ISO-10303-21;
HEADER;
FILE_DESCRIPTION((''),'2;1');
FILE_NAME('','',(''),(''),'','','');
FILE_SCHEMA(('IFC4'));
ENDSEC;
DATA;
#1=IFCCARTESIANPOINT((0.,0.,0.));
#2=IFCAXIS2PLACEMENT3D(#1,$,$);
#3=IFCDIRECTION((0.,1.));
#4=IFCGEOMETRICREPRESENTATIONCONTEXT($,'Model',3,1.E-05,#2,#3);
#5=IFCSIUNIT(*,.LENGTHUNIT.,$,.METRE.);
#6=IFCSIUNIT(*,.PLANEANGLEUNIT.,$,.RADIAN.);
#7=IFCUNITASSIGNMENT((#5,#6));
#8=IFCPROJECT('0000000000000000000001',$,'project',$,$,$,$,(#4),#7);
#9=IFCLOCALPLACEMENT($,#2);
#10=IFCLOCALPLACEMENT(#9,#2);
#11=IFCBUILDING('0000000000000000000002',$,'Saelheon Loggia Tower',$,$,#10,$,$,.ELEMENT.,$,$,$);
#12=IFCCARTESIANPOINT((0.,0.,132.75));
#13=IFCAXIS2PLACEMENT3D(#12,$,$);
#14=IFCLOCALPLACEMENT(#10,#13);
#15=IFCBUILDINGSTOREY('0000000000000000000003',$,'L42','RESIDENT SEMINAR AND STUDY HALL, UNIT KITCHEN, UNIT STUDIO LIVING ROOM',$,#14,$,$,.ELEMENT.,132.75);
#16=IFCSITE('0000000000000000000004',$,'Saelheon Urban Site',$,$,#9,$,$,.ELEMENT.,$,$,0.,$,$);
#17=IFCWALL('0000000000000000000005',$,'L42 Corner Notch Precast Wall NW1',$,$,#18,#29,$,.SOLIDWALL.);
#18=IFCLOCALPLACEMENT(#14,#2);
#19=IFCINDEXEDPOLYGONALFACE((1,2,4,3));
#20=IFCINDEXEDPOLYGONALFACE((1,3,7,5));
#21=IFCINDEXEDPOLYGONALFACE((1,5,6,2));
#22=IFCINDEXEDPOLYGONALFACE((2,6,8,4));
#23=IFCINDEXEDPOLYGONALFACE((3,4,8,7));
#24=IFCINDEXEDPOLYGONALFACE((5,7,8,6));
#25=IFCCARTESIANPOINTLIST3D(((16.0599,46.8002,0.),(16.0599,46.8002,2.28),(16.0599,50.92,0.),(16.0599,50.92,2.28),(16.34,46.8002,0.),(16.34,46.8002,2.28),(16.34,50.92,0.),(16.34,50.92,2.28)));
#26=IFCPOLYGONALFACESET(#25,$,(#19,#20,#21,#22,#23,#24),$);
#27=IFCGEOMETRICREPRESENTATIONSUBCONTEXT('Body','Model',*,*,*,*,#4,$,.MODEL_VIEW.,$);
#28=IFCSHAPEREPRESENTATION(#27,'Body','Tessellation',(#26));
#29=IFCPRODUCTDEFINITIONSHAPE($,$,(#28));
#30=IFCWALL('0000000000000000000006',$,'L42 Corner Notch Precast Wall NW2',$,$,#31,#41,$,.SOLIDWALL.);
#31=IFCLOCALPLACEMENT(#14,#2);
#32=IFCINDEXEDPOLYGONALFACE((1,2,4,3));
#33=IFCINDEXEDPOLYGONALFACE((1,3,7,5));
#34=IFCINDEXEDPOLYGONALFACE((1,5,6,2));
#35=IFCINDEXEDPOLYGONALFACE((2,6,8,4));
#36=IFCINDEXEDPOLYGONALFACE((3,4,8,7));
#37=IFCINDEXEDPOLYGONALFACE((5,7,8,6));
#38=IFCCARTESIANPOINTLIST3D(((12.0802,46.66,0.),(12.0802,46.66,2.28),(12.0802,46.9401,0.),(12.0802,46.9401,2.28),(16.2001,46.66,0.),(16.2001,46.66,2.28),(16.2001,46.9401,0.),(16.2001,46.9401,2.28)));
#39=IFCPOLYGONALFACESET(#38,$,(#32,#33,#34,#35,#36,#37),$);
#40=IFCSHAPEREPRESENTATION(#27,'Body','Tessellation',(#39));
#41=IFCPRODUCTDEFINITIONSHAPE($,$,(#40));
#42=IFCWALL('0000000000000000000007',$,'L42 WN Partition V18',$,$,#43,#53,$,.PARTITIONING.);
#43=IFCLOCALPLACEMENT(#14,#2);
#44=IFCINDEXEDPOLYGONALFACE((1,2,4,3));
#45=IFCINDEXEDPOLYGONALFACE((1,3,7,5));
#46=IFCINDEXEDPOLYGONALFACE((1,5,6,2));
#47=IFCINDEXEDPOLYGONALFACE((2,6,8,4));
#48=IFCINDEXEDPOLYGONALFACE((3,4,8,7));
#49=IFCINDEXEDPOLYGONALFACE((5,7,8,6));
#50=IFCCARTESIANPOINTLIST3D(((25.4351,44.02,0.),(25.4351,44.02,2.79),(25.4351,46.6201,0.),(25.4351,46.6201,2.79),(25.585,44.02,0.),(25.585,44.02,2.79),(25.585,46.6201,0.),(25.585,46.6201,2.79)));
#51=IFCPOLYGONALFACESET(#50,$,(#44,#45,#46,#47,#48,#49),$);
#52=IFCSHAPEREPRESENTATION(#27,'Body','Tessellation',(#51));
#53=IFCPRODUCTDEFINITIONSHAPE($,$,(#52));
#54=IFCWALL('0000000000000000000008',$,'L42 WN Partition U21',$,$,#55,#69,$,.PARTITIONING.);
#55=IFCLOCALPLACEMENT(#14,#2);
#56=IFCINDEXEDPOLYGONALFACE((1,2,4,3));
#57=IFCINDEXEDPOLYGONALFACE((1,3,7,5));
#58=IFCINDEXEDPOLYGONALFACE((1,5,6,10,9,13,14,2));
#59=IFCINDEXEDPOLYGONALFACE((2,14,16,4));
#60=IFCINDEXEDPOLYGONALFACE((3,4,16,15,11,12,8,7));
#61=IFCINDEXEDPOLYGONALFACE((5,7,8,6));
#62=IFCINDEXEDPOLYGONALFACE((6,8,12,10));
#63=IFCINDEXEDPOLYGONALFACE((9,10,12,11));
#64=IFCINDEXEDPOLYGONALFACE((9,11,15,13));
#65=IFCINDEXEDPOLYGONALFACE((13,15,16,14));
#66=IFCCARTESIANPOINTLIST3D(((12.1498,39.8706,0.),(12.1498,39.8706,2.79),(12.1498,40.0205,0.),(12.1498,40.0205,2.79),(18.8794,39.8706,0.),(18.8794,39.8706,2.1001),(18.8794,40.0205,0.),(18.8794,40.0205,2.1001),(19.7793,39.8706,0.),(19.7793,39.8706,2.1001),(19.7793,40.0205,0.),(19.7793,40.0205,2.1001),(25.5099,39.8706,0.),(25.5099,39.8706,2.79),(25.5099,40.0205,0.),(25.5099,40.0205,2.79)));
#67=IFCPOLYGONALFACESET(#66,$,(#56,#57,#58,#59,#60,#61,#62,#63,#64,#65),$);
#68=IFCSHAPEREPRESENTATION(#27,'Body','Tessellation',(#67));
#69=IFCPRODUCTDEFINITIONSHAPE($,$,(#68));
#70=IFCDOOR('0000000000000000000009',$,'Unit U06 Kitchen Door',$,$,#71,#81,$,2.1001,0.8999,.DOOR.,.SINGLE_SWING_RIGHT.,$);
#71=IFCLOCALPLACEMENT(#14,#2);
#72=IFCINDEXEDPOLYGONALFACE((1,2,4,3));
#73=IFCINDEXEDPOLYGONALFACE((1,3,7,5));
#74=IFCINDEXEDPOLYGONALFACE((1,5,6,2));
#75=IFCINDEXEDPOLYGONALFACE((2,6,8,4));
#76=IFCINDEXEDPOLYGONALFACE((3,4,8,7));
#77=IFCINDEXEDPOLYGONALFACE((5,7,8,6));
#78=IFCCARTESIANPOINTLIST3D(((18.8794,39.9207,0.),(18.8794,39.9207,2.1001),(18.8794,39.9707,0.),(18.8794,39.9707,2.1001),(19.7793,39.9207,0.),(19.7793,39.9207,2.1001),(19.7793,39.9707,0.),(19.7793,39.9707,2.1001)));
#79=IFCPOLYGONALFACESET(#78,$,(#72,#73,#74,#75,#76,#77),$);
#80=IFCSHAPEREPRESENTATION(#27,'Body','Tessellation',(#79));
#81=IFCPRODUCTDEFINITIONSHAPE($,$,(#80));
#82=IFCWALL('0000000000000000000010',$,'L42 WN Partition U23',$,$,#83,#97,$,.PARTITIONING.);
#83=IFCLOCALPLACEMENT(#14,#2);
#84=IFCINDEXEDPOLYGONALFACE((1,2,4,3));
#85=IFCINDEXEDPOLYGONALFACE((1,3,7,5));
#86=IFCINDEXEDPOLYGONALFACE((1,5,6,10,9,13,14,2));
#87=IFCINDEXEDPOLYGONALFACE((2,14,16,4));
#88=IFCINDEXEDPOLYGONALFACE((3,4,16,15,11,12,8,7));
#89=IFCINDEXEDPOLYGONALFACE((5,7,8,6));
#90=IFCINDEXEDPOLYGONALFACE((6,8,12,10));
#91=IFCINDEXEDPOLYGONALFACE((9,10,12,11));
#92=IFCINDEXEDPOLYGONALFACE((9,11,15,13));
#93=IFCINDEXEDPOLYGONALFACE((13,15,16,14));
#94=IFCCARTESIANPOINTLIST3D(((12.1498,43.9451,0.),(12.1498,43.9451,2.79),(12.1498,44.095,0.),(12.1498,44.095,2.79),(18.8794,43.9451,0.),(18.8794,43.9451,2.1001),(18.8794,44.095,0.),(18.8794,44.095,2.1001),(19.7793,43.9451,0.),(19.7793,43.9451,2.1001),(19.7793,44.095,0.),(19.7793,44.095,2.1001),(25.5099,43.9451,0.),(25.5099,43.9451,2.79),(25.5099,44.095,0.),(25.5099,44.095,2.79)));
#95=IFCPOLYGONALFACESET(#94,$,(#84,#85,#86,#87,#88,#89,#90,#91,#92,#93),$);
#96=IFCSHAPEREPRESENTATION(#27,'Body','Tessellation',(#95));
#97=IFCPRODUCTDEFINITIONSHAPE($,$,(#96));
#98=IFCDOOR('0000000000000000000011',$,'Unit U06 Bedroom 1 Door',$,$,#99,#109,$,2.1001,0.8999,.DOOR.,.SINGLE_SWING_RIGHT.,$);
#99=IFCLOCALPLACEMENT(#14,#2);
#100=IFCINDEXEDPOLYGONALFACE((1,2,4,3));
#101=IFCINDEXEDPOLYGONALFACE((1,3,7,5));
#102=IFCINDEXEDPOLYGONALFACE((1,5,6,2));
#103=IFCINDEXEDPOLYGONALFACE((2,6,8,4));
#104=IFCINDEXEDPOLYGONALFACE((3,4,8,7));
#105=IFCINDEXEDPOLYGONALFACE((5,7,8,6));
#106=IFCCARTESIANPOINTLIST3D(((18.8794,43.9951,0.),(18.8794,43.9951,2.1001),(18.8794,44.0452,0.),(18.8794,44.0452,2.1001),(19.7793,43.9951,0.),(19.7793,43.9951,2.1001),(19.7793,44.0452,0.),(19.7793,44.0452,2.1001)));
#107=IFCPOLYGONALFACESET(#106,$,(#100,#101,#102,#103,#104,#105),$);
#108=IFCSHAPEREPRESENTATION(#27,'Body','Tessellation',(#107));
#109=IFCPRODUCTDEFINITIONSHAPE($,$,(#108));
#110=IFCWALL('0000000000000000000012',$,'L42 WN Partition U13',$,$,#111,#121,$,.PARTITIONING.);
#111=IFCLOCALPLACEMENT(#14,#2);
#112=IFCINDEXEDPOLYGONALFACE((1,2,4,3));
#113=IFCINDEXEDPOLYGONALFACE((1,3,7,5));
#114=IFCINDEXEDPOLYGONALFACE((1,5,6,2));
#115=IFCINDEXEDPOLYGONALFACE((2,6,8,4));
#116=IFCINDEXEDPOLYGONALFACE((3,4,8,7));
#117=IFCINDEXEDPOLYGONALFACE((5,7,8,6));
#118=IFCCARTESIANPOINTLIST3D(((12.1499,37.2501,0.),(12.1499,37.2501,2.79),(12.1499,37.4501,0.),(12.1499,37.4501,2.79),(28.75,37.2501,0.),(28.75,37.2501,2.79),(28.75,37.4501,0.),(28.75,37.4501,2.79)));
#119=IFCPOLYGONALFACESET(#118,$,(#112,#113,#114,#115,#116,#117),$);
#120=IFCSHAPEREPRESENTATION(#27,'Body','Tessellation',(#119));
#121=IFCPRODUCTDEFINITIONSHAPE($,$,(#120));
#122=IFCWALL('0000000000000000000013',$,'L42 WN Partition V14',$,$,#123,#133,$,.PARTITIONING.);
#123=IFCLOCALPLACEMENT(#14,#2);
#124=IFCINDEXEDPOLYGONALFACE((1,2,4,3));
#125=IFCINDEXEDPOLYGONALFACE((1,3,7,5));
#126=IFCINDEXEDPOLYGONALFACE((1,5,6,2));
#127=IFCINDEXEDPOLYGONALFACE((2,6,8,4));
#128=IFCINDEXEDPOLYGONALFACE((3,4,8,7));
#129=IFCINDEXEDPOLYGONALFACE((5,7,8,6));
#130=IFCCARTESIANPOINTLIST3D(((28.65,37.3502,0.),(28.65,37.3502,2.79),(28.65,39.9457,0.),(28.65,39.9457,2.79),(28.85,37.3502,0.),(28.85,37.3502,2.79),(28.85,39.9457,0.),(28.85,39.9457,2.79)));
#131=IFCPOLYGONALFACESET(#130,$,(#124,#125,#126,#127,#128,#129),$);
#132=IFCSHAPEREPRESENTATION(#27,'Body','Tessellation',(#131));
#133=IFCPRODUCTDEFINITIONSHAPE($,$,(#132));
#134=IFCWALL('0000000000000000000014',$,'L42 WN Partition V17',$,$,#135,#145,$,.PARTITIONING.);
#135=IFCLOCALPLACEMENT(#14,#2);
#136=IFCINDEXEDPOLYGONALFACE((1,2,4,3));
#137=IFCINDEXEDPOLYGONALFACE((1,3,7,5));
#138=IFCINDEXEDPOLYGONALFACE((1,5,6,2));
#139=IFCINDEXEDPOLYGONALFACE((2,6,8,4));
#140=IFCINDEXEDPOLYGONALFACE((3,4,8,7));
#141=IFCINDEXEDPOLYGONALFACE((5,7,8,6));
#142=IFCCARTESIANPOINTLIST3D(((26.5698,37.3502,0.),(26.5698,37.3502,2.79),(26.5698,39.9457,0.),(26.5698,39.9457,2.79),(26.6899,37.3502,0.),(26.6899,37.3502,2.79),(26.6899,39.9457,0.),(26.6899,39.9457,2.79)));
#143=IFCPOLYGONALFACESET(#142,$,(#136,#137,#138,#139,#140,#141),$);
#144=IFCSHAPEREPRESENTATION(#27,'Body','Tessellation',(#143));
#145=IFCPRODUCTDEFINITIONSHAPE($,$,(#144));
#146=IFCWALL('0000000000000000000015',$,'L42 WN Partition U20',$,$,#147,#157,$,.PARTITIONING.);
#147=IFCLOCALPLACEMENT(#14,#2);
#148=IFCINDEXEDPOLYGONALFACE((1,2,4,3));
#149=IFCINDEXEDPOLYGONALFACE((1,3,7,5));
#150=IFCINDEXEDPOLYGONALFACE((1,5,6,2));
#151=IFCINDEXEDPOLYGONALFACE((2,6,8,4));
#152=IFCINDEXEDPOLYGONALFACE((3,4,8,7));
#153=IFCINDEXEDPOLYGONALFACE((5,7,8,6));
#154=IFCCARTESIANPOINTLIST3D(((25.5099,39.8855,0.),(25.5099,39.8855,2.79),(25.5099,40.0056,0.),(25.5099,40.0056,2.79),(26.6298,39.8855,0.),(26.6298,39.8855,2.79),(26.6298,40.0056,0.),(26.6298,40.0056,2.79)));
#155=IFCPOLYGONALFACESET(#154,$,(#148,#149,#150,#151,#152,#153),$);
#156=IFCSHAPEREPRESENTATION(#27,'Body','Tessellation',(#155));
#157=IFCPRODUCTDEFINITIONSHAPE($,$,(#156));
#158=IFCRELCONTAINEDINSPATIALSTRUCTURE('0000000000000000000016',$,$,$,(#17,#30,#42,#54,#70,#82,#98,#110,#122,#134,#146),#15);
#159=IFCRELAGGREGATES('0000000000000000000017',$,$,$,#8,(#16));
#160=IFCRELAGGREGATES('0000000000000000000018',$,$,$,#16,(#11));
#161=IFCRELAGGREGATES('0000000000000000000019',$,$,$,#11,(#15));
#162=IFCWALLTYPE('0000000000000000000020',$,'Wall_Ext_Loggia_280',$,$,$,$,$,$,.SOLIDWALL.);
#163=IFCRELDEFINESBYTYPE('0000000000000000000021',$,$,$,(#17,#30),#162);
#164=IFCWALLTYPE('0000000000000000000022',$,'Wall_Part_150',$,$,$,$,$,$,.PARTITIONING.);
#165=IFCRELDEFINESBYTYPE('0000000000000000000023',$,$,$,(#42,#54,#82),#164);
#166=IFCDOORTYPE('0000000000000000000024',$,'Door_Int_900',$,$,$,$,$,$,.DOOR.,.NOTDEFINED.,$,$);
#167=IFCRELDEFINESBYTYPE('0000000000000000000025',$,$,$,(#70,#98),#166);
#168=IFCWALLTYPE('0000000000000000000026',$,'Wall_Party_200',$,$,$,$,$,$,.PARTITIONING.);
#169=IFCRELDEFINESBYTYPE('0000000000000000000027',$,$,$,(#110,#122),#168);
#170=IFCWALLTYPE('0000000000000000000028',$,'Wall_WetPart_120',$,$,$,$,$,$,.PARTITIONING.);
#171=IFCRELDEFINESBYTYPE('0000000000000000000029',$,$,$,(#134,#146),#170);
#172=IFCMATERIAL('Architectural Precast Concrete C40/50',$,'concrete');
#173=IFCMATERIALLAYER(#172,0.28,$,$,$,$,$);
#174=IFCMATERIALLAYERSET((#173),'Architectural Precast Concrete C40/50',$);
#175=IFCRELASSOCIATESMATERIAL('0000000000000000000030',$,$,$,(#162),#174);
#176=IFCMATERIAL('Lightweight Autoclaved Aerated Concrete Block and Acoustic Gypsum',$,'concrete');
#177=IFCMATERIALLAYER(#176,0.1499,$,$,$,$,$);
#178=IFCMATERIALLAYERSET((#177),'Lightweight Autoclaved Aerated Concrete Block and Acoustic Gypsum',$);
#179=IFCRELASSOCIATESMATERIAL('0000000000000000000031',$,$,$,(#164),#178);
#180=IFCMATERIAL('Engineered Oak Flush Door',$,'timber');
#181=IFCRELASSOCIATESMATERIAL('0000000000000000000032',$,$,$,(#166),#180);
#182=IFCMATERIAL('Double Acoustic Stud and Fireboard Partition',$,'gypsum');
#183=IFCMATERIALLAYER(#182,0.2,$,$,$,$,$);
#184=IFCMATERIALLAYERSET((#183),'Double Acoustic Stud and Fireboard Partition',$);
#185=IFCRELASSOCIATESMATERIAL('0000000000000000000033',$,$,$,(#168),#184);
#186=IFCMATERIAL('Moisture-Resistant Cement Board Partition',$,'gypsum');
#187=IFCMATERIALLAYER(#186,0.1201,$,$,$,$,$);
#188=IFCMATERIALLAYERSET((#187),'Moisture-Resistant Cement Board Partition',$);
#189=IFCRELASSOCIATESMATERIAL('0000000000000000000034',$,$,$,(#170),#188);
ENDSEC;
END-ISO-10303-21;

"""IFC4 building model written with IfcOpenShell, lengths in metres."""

from ifc_helpers import new_model, si_unit, direction, frame, frame_2d, origin, place, context, subcontext, project, spatial, rectangle, extrude, source, transform, mapped, material, layer, layer_set, type_object, element, fill, save


model = new_model("IFC4")

# Units and contexts
model_context = context("Model", 3, precision=1e-05, world=origin(), true_north=direction((0.0, 1.0)))
body_context = subcontext(model_context, "Body", "Model", "MODEL_VIEW")
ifc_project = project(units=[si_unit("LENGTHUNIT", "METRE"), si_unit("PLANEANGLEUNIT", "RADIAN")], contexts=[model_context])

# Site, building, storey
site_placement = place(None, origin())
site = spatial("IfcSite", under=ifc_project, at=site_placement, Name="Saelheon Urban Site", CompositionType="ELEMENT", RefElevation=0.0)
building_placement = place(site_placement, origin())
building = spatial("IfcBuilding", under=site, at=building_placement, Name="Saelheon Loggia Tower", CompositionType="ELEMENT")
storey_placement = place(building_placement, frame((0.0, 0.0, 132.75)))
storey = spatial("IfcBuildingStorey", under=building, at=storey_placement, Name="L42", Description="RESIDENT SEMINAR AND STUDY HALL, UNIT KITCHEN, UNIT STUDIO LIVING ROOM", CompositionType="ELEMENT", Elevation=132.75)

# Shared definitions
ifc_material_1 = material(Name="Architectural Precast Concrete C40/50", Category="concrete")
ifc_layer_1 = layer(ifc_material_1, 0.28)
ifc_layer_set_1 = layer_set([ifc_layer_1], Name="Architectural Precast Concrete C40/50")
wall_type_1 = type_object("IfcWallType", Name="Wall_Ext_Loggia_280", PredefinedType="SOLIDWALL", material=ifc_layer_set_1)

# Walls
for number, where, z_axis, x_axis, name in (
    (1, (16.2, 46.8, 0.0), (0.0, 0.0, 1.0), (0.0, 1.0, 0.0), "L42 Corner Notch Precast Wall NW1"),
    (2, (12.0801, 46.8, 0.0), (0.0, 0.0, 1.0), (1.0, 0.0, 0.0), "L42 Corner Notch Precast Wall NW2"),
):
    element("IfcWall", number, at=place(storey_placement, frame(where, z_axis=z_axis, x_axis=x_axis)), inside=storey, type_object=wall_type_1, Name=name, PredefinedType="SOLIDWALL", context=body_context, shape_type="SweptSolid", body=[
        extrude(rectangle(XDim=4.1199, YDim=0.28, at=frame_2d((2.0601, 0.0))), origin(), (0.0, 0.0, 1.0), 2.28),
    ])
ifc_material_2 = material(Name="Lightweight Autoclaved Aerated Concrete Block and Acoustic Gypsum", Category="concrete")
ifc_layer_2 = layer(ifc_material_2, 0.1499)
ifc_layer_set_2 = layer_set([ifc_layer_2], Name="Lightweight Autoclaved Aerated Concrete Block and Acoustic Gypsum")
wall_type_2 = type_object("IfcWallType", Name="Wall_Part_150", PredefinedType="PARTITIONING", material=ifc_layer_set_2)
wall_1_placement = place(storey_placement, frame((25.51, 44.02, 0.0), z_axis=(0.0, 0.0, 1.0), x_axis=(0.0, 1.0, 0.0)))
element("IfcWall", 3, at=wall_1_placement, inside=storey, type_object=wall_type_2, Name="L42 WN Partition V18", PredefinedType="PARTITIONING", context=body_context, shape_type="SweptSolid", body=[
    extrude(rectangle(XDim=2.6001, YDim=0.1499, at=frame_2d((1.3, 0.0))), origin(), (0.0, 0.0, 1.0), 2.79),
])

# Walls, openings, doors
wall_2_placement = place(storey_placement, frame((25.51, 39.9456, 0.0), z_axis=(0.0, 0.0, 1.0), x_axis=(-1.0, 0.0, 0.0)))
wall_2 = element("IfcWall", 4, at=wall_2_placement, inside=storey, type_object=wall_type_2, Name="L42 WN Partition U21", PredefinedType="PARTITIONING", context=body_context, shape_type="SweptSolid", body=[
    extrude(rectangle(XDim=13.3601, YDim=0.1499, at=frame_2d((6.6802, 0.0))), origin(), (0.0, 0.0, 1.0), 2.79),
])
opening_1_placement = place(wall_2_placement, frame((5.7307, 0.0, 0.0)))
opening_1 = element("IfcOpeningElement", 5, at=opening_1_placement, cuts=wall_2, PredefinedType="OPENING", context=body_context, shape_type="SweptSolid", body=[
    extrude(rectangle(XDim=0.8999, YDim=2.1001, at=frame_2d((0.45, 1.05))), frame((0.0, 0.0869, 0.0), z_axis=(0.0, -1.0, 0.0), x_axis=(1.0, 0.0, 0.0)), (0.0, 0.0, 1.0), 0.1738),
])
ifc_material_3 = material(Name="Engineered Oak Flush Door", Category="timber")
door_type_1 = type_object("IfcDoorType", Name="Door_Int_900", OperationType="NOTDEFINED", PredefinedType="DOOR", material=ifc_material_3)
shared_shape_1 = source(origin(), body_context, "Body", "SweptSolid", [
    extrude(rectangle(XDim=0.8999, YDim=2.1001, at=frame_2d((0.45, 1.05))), frame((0.0, 0.0249, 0.0), z_axis=(0.0, -1.0, 0.0), x_axis=(1.0, 0.0, 0.0)), (0.0, 0.0, 1.0), 0.05),
])
door_1_placement = place(opening_1_placement, origin())
door_1 = element("IfcDoor", 6, at=door_1_placement, inside=storey, type_object=door_type_1, Name="Unit U06 Kitchen Door", OperationType="SINGLE_SWING_RIGHT", OverallHeight=2.1001, OverallWidth=0.8999, PredefinedType="DOOR", context=body_context, shape_type="MappedRepresentation", body=[
    mapped(shared_shape_1, transform((0.0, 0.0, 0.0), scale=1.0)),
])
fill(opening_1, door_1)
wall_3_placement = place(storey_placement, frame((25.51, 44.02, 0.0), z_axis=(0.0, 0.0, 1.0), x_axis=(-1.0, 0.0, 0.0)))
wall_3 = element("IfcWall", 7, at=wall_3_placement, inside=storey, type_object=wall_type_2, Name="L42 WN Partition U23", PredefinedType="PARTITIONING", context=body_context, shape_type="SweptSolid", body=[
    extrude(rectangle(XDim=13.3601, YDim=0.1499, at=frame_2d((6.6802, 0.0))), origin(), (0.0, 0.0, 1.0), 2.79),
])
opening_2_placement = place(wall_3_placement, frame((5.7307, 0.0, 0.0)))
opening_2 = element("IfcOpeningElement", 8, at=opening_2_placement, cuts=wall_3, PredefinedType="OPENING", context=body_context, shape_type="SweptSolid", body=[
    extrude(rectangle(XDim=0.8999, YDim=2.1001, at=frame_2d((0.45, 1.05))), frame((0.0, 0.0869, 0.0), z_axis=(0.0, -1.0, 0.0), x_axis=(1.0, 0.0, 0.0)), (0.0, 0.0, 1.0), 0.1738),
])
door_2_placement = place(opening_2_placement, origin())
door_2 = element("IfcDoor", 9, at=door_2_placement, inside=storey, type_object=door_type_1, Name="Unit U06 Bedroom 1 Door", OperationType="SINGLE_SWING_RIGHT", OverallHeight=2.1001, OverallWidth=0.8999, PredefinedType="DOOR", context=body_context, shape_type="MappedRepresentation", body=[
    mapped(shared_shape_1, transform((0.0, 0.0, 0.0), scale=1.0)),
])
fill(opening_2, door_2)

# Walls
ifc_material_4 = material(Name="Double Acoustic Stud and Fireboard Partition", Category="gypsum")
ifc_layer_3 = layer(ifc_material_4, 0.2)
ifc_layer_set_3 = layer_set([ifc_layer_3], Name="Double Acoustic Stud and Fireboard Partition")
wall_type_3 = type_object("IfcWallType", Name="Wall_Party_200", PredefinedType="PARTITIONING", material=ifc_layer_set_3)
wall_4_placement = place(storey_placement, frame((28.75, 37.3501, 0.0), z_axis=(0.0, 0.0, 1.0), x_axis=(-1.0, 0.0, 0.0)))
element("IfcWall", 10, at=wall_4_placement, inside=storey, type_object=wall_type_3, Name="L42 WN Partition U13", PredefinedType="PARTITIONING", context=body_context, shape_type="SweptSolid", body=[
    extrude(rectangle(XDim=16.6001, YDim=0.2, at=frame_2d((8.3, 0.0))), origin(), (0.0, 0.0, 1.0), 2.79),
])
wall_5_placement = place(storey_placement, frame((28.75, 37.3501, 0.0), z_axis=(0.0, 0.0, 1.0), x_axis=(0.0, 1.0, 0.0)))
element("IfcWall", 11, at=wall_5_placement, inside=storey, type_object=wall_type_3, Name="L42 WN Partition V14", PredefinedType="PARTITIONING", context=body_context, shape_type="SweptSolid", body=[
    extrude(rectangle(XDim=2.5955, YDim=0.2, at=frame_2d((1.2979, 0.0))), origin(), (0.0, 0.0, 1.0), 2.79),
])
ifc_material_5 = material(Name="Moisture-Resistant Cement Board Partition", Category="gypsum")
ifc_layer_4 = layer(ifc_material_5, 0.1201)
ifc_layer_set_4 = layer_set([ifc_layer_4], Name="Moisture-Resistant Cement Board Partition")
wall_type_4 = type_object("IfcWallType", Name="Wall_WetPart_120", PredefinedType="PARTITIONING", material=ifc_layer_set_4)
wall_6_placement = place(storey_placement, frame((26.6299, 37.3501, 0.0), z_axis=(0.0, 0.0, 1.0), x_axis=(0.0, 1.0, 0.0)))
element("IfcWall", 12, at=wall_6_placement, inside=storey, type_object=wall_type_4, Name="L42 WN Partition V17", PredefinedType="PARTITIONING", context=body_context, shape_type="SweptSolid", body=[
    extrude(rectangle(XDim=2.5955, YDim=0.1201, at=frame_2d((1.2979, 0.0))), origin(), (0.0, 0.0, 1.0), 2.79),
])
wall_7_placement = place(storey_placement, frame((26.6299, 39.9456, 0.0), z_axis=(0.0, 0.0, 1.0), x_axis=(-1.0, 0.0, 0.0)))
element("IfcWall", 13, at=wall_7_placement, inside=storey, type_object=wall_type_4, Name="L42 WN Partition U20", PredefinedType="PARTITIONING", context=body_context, shape_type="SweptSolid", body=[
    extrude(rectangle(XDim=1.1199, YDim=0.1201, at=frame_2d((0.5601, 0.0))), origin(), (0.0, 0.0, 1.0), 2.79),
])

save(model, "model.ifc")
